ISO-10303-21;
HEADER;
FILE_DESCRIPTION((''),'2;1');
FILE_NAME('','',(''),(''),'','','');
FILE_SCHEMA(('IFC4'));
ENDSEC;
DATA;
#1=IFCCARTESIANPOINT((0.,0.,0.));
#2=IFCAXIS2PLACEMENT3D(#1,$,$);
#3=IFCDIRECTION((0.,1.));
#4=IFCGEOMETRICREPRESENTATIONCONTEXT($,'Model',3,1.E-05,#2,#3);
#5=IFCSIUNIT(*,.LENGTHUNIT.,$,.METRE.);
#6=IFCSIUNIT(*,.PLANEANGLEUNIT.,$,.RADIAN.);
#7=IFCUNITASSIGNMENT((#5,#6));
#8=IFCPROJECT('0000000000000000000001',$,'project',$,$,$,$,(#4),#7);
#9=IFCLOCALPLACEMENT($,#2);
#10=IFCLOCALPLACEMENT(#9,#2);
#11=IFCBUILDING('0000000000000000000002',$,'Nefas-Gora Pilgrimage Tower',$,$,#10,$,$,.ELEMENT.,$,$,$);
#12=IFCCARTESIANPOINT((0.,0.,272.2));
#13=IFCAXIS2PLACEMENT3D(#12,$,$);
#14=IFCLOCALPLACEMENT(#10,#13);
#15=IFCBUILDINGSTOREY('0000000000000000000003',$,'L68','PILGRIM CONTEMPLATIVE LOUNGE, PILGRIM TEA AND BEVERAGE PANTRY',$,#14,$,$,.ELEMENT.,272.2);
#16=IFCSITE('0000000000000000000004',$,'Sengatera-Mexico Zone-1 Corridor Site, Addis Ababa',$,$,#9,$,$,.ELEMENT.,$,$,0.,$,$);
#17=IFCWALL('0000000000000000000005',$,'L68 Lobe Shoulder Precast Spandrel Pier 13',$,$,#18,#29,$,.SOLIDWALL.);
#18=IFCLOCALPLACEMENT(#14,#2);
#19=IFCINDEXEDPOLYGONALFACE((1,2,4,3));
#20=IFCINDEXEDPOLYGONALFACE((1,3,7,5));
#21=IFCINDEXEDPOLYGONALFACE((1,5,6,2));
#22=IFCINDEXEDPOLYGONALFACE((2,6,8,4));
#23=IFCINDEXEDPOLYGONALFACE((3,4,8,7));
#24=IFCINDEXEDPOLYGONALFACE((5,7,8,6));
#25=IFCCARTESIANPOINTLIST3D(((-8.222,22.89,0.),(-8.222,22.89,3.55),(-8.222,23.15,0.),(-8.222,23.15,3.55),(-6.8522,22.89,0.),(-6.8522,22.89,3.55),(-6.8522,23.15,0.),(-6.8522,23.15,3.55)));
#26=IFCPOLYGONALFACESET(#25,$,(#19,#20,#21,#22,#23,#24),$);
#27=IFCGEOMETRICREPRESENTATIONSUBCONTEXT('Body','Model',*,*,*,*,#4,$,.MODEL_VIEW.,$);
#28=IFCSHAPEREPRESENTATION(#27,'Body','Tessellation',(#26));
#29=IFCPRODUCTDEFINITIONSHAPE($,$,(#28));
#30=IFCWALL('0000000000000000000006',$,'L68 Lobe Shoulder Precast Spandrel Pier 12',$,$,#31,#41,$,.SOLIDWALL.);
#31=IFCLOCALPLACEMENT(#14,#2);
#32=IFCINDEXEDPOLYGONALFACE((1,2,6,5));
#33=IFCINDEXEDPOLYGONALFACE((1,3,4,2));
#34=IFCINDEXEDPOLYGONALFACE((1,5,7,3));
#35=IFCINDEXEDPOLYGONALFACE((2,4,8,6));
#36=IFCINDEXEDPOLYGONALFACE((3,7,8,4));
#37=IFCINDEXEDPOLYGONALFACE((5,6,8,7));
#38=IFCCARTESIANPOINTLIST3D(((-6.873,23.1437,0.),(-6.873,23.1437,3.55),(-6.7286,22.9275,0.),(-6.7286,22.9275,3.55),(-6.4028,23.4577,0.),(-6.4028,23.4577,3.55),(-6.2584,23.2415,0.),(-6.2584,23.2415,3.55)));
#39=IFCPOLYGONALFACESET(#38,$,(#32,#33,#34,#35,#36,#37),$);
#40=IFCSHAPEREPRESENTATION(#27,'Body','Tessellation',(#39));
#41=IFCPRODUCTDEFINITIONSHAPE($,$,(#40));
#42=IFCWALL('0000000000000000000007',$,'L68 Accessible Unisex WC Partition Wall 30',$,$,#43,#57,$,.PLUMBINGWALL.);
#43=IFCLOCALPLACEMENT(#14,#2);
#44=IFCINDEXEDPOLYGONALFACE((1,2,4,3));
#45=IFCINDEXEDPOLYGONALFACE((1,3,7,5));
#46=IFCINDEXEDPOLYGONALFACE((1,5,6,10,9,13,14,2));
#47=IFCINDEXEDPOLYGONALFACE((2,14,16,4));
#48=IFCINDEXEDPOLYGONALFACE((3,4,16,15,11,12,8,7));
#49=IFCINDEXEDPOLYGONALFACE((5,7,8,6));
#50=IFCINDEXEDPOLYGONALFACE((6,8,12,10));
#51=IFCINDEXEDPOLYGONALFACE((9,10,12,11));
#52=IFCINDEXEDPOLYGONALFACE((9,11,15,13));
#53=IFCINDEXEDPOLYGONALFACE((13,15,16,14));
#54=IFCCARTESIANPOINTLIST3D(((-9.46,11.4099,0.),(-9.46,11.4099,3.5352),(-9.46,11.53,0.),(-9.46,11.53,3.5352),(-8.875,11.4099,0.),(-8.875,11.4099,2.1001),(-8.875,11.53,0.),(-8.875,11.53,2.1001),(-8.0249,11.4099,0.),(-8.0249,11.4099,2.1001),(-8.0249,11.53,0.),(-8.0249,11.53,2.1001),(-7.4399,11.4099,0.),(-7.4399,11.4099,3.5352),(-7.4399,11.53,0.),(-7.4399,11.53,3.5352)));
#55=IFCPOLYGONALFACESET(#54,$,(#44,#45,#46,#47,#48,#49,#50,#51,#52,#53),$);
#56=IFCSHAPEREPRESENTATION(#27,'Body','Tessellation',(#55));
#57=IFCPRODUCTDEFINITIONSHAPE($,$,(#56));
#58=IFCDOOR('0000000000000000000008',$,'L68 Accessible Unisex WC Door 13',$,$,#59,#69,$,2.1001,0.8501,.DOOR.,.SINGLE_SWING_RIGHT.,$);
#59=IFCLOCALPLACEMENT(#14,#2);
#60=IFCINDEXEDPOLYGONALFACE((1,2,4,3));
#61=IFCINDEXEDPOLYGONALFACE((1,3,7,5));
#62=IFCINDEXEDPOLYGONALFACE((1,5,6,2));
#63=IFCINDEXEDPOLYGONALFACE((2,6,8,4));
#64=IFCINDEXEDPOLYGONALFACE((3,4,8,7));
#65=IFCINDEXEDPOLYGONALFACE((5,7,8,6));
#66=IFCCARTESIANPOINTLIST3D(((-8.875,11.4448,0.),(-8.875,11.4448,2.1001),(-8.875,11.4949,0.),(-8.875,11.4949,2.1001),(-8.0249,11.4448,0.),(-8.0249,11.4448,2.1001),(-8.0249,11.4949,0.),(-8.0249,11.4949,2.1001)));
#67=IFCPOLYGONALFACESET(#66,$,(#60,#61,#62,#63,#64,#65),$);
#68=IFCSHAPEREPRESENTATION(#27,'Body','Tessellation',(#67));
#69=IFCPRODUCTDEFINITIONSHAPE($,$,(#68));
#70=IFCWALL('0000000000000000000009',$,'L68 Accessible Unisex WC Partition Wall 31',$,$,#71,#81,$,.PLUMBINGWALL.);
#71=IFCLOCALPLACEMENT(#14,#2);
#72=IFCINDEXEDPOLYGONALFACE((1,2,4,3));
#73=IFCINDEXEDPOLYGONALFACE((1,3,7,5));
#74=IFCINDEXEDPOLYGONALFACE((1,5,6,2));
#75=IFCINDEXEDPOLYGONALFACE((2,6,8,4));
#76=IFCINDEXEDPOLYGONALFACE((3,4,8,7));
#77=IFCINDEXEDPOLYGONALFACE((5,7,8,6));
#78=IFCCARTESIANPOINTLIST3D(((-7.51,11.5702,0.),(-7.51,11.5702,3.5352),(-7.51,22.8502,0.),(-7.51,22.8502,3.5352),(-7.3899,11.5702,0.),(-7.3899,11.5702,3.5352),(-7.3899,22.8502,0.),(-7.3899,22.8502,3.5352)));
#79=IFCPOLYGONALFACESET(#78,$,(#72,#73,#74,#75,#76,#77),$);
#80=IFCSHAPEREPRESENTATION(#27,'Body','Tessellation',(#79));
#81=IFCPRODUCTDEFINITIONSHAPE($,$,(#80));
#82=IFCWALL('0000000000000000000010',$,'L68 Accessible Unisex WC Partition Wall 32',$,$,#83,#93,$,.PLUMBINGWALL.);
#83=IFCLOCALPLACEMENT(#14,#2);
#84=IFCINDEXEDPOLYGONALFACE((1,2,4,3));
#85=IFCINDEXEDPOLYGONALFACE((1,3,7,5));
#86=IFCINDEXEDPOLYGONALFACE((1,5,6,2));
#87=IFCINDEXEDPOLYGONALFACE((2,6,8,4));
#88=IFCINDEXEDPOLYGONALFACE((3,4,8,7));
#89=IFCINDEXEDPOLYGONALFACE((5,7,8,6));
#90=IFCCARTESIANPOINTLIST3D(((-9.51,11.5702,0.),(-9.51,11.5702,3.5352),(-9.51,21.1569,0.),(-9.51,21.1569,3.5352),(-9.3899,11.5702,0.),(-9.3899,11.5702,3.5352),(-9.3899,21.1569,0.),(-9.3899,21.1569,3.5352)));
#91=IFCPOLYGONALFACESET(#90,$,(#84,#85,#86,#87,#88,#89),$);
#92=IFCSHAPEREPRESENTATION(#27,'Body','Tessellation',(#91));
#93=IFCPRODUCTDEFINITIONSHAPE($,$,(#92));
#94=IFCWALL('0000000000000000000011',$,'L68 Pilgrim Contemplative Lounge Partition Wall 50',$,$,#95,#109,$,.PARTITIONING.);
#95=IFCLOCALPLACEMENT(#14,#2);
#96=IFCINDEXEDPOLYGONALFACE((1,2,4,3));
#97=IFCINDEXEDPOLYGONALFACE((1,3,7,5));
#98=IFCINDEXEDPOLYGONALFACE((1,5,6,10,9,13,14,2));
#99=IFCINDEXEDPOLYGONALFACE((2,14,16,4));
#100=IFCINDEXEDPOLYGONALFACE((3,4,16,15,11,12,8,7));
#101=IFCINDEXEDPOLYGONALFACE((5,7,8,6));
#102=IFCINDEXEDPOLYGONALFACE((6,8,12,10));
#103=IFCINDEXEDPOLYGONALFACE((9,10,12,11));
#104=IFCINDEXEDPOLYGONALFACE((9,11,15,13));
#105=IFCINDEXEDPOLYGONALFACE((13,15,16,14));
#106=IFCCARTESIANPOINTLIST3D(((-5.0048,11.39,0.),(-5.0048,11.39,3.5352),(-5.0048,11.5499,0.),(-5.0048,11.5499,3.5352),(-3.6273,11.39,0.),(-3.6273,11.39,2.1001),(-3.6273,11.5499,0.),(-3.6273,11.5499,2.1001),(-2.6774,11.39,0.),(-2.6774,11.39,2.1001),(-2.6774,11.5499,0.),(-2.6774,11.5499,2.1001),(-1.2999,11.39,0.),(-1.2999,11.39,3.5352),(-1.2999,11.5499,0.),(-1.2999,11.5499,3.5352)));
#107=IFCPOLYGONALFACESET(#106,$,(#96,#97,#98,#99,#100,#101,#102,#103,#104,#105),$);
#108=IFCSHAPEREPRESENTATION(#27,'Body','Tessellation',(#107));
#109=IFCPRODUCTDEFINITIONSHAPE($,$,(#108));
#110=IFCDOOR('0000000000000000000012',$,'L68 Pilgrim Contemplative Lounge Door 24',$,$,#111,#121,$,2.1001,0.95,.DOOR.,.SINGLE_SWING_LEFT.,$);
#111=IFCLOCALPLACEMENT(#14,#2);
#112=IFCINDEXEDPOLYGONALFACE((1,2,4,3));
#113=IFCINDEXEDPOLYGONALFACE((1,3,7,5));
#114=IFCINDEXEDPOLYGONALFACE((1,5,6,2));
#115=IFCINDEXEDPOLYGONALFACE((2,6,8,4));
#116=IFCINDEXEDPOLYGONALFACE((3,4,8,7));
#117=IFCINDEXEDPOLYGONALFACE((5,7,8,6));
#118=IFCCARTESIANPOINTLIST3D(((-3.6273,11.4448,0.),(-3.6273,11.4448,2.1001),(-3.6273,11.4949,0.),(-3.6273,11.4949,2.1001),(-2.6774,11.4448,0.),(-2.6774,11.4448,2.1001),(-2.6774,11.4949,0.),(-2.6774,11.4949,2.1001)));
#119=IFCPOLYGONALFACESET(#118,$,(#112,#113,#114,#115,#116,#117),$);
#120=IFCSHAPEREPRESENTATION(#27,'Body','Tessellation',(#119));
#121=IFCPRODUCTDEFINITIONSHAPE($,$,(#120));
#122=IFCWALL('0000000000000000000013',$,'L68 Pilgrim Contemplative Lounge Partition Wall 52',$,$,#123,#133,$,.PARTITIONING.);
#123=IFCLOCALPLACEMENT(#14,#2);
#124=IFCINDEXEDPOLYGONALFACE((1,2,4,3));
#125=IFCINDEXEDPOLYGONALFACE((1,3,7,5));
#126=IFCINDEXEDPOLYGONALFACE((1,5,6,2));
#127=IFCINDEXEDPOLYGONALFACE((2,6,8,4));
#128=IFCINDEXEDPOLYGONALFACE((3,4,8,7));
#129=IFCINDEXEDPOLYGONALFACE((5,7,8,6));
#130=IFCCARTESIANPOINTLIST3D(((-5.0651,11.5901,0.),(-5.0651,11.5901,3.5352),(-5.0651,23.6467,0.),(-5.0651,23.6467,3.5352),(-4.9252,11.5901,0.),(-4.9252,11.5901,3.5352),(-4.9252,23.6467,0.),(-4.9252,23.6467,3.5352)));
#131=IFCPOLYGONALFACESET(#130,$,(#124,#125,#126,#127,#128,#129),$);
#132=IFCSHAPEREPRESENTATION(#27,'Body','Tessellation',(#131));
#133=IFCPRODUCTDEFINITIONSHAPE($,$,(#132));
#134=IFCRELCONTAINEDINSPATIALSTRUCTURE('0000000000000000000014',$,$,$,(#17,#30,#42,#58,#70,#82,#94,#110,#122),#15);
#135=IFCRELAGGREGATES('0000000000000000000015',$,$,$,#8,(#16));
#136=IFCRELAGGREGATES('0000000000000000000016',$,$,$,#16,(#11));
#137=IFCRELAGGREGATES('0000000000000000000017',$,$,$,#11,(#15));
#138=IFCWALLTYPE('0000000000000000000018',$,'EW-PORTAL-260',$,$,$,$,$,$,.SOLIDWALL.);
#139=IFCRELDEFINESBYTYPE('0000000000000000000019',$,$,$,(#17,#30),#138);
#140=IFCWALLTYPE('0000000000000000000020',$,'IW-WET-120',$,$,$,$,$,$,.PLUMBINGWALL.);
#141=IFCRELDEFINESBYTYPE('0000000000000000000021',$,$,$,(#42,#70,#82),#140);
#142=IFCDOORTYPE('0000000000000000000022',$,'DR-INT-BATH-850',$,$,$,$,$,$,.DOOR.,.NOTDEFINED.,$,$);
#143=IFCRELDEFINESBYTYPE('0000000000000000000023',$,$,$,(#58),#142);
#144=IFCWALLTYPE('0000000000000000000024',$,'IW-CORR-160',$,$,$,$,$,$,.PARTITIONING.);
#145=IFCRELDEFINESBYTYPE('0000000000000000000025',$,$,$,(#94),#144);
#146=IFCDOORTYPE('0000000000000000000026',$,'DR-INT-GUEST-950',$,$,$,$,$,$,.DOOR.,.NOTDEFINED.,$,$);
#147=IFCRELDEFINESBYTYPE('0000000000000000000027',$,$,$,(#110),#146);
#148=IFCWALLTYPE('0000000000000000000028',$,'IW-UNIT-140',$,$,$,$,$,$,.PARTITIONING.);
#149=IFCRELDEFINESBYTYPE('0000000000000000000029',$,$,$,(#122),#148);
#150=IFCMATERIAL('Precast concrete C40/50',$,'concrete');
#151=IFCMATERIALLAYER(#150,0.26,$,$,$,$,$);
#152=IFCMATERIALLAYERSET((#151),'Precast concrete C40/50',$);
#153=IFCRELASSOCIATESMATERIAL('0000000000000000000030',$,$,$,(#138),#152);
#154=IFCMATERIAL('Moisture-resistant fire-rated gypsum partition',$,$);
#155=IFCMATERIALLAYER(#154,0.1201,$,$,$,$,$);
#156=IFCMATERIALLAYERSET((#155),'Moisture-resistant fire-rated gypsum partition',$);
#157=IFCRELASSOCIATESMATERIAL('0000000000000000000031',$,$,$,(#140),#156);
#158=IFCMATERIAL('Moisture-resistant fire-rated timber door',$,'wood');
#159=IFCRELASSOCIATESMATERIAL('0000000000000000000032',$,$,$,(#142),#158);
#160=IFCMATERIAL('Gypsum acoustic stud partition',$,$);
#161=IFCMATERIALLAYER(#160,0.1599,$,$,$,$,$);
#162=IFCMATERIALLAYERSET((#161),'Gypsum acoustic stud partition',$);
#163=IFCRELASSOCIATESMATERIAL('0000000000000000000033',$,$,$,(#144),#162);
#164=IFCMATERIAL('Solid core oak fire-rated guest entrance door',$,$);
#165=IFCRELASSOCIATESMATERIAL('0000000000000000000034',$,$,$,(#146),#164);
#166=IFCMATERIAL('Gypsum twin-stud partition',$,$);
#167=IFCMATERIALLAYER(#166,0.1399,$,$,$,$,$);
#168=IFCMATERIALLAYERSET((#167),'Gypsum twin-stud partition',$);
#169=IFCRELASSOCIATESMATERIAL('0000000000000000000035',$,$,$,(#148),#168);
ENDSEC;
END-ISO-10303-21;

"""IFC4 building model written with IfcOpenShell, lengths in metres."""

from ifc_helpers import new_model, si_unit, direction, frame, frame_2d, origin, place, context, subcontext, project, spatial, rectangle, extrude, source, transform, mapped, material, layer, layer_set, type_object, element, fill, save


model = new_model("IFC4")

# Units and contexts
model_context = context("Model", 3, precision=1e-05, world=origin(), true_north=direction((0.0, 1.0)))
body_context = subcontext(model_context, "Body", "Model", "MODEL_VIEW")
ifc_project = project(units=[si_unit("LENGTHUNIT", "METRE"), si_unit("PLANEANGLEUNIT", "RADIAN")], contexts=[model_context])

# Site, building, storey
site_placement = place(None, origin())
site = spatial("IfcSite", under=ifc_project, at=site_placement, Name="Sengatera-Mexico Zone-1 Corridor Site, Addis Ababa", CompositionType="ELEMENT", RefElevation=0.0)
building_placement = place(site_placement, origin())
building = spatial("IfcBuilding", under=site, at=building_placement, Name="Nefas-Gora Pilgrimage Tower", CompositionType="ELEMENT")
storey_placement = place(building_placement, frame((0.0, 0.0, 272.2)))
storey = spatial("IfcBuildingStorey", under=building, at=storey_placement, Name="L68", Description="PILGRIM CONTEMPLATIVE LOUNGE, PILGRIM TEA AND BEVERAGE PANTRY", CompositionType="ELEMENT", Elevation=272.2)

# Walls
ifc_material_1 = material(Name="Precast concrete C40/50", Category="concrete")
ifc_layer_1 = layer(ifc_material_1, 0.26)
ifc_layer_set_1 = layer_set([ifc_layer_1], Name="Precast concrete C40/50")
wall_type_1 = type_object("IfcWallType", Name="EW-PORTAL-260", PredefinedType="SOLIDWALL", material=ifc_layer_set_1)
shared_shape_1 = source(origin(), body_context, "Body", "SweptSolid", [
    extrude(rectangle(XDim=1.3699, YDim=0.26, at=frame_2d((0.6851, 0.0))), origin(), (0.0, 0.0, 1.0), 3.55),
])
wall_1_placement = place(storey_placement, frame((-6.8521, 23.02, 0.0), z_axis=(0.0, 0.0, 1.0), x_axis=(-1.0, 0.0, 0.0)))
element("IfcWall", 1, at=wall_1_placement, inside=storey, type_object=wall_type_1, Name="L68 Lobe Shoulder Precast Spandrel Pier 13", PredefinedType="SOLIDWALL", context=body_context, shape_type="MappedRepresentation", body=[
    mapped(shared_shape_1, transform((0.0, 0.0, 0.0), x_axis=(1.0, 0.0, 0.0), y_axis=(0.0, 1.0, 0.0), z_axis=(0.0, 0.0, 1.0), scale=1.0)),
])
shared_shape_2 = source(origin(), body_context, "Body", "SweptSolid", [
    extrude(rectangle(XDim=0.5654, YDim=0.26, at=frame_2d((0.2827, 0.0))), origin(), (0.0, 0.0, 1.0), 3.55),
])
wall_2_placement = place(storey_placement, frame((-6.3306, 23.3496, 0.0), z_axis=(0.0, 0.0, 1.0), x_axis=(-0.831651, -0.555298, 0.0)))
element("IfcWall", 2, at=wall_2_placement, inside=storey, type_object=wall_type_1, Name="L68 Lobe Shoulder Precast Spandrel Pier 12", PredefinedType="SOLIDWALL", context=body_context, shape_type="MappedRepresentation", body=[
    mapped(shared_shape_2, transform((0.0, 0.0, 0.0), x_axis=(1.0, 0.0, 0.0), y_axis=(0.0, 1.0, 0.0), z_axis=(0.0, 0.0, 1.0), scale=1.0)),
])

# Wall, opening, door
ifc_material_2 = material(Name="Moisture-resistant fire-rated gypsum partition")
ifc_layer_2 = layer(ifc_material_2, 0.1201)
ifc_layer_set_2 = layer_set([ifc_layer_2], Name="Moisture-resistant fire-rated gypsum partition")
wall_type_2 = type_object("IfcWallType", Name="IW-WET-120", PredefinedType="PLUMBINGWALL", material=ifc_layer_set_2)
shared_shape_3 = source(origin(), body_context, "Body", "SweptSolid", [
    extrude(rectangle(XDim=2.02, YDim=0.1201, at=frame_2d((1.01, 0.0))), origin(), (0.0, 0.0, 1.0), 3.5352),
])
wall_3_placement = place(storey_placement, frame((-9.46, 11.47, 0.0), z_axis=(0.0, 0.0, 1.0), x_axis=(1.0, 0.0, 0.0)))
wall_3 = element("IfcWall", 3, at=wall_3_placement, inside=storey, type_object=wall_type_2, Name="L68 Accessible Unisex WC Partition Wall 30", PredefinedType="PLUMBINGWALL", context=body_context, shape_type="MappedRepresentation", body=[
    mapped(shared_shape_3, transform((0.0, 0.0, 0.0), x_axis=(1.0, 0.0, 0.0), y_axis=(0.0, 1.0, 0.0), z_axis=(0.0, 0.0, 1.0), scale=1.0)),
])
opening_1_placement = place(wall_3_placement, frame((0.585, 0.0, 0.0)))
opening_1 = element("IfcOpeningElement", 4, at=opening_1_placement, cuts=wall_3, PredefinedType="OPENING", context=body_context, shape_type="SweptSolid", body=[
    extrude(rectangle(XDim=0.8501, YDim=2.1001, at=frame_2d((0.425, 1.05))), frame((0.0, 0.0701, 0.0), z_axis=(0.0, -1.0, 0.0), x_axis=(1.0, 0.0, 0.0)), (0.0, 0.0, 1.0), 0.1401),
])
ifc_material_3 = material(Name="Moisture-resistant fire-rated timber door", Category="wood")
door_type_1 = type_object("IfcDoorType", Name="DR-INT-BATH-850", OperationType="NOTDEFINED", PredefinedType="DOOR", material=ifc_material_3)
shared_shape_4 = source(origin(), body_context, "Body", "SweptSolid", [
    extrude(rectangle(XDim=0.8501, YDim=2.1001, at=frame_2d((0.425, 1.05))), frame((0.0, 0.0249, 0.0), z_axis=(0.0, -1.0, 0.0), x_axis=(1.0, 0.0, 0.0)), (0.0, 0.0, 1.0), 0.05),
])
door_1_placement = place(opening_1_placement, origin())
door_1 = element("IfcDoor", 5, at=door_1_placement, inside=storey, type_object=door_type_1, Name="L68 Accessible Unisex WC Door 13", OperationType="SINGLE_SWING_RIGHT", OverallHeight=2.1001, OverallWidth=0.8501, PredefinedType="DOOR", context=body_context, shape_type="MappedRepresentation", body=[
    mapped(shared_shape_4, transform((0.0, 0.0, 0.0), x_axis=(1.0, 0.0, 0.0), y_axis=(0.0, 1.0, 0.0), z_axis=(0.0, 0.0, 1.0), scale=1.0)),
])
fill(opening_1, door_1)

# Walls
shared_shape_5 = source(origin(), body_context, "Body", "SweptSolid", [
    extrude(rectangle(XDim=11.28, YDim=0.1201, at=frame_2d((5.6401, 0.0))), origin(), (0.0, 0.0, 1.0), 3.5352),
])
wall_4_placement = place(storey_placement, frame((-7.45, 11.5701, 0.0), z_axis=(0.0, 0.0, 1.0), x_axis=(0.0, 1.0, 0.0)))
element("IfcWall", 6, at=wall_4_placement, inside=storey, type_object=wall_type_2, Name="L68 Accessible Unisex WC Partition Wall 31", PredefinedType="PLUMBINGWALL", context=body_context, shape_type="MappedRepresentation", body=[
    mapped(shared_shape_5, transform((0.0, 0.0, 0.0), x_axis=(1.0, 0.0, 0.0), y_axis=(0.0, 1.0, 0.0), z_axis=(0.0, 0.0, 1.0), scale=1.0)),
])
shared_shape_6 = source(origin(), body_context, "Body", "SweptSolid", [
    extrude(rectangle(XDim=9.5867, YDim=0.1201, at=frame_2d((4.7935, 0.0))), origin(), (0.0, 0.0, 1.0), 3.5352),
])
wall_5_placement = place(storey_placement, frame((-9.45, 11.5701, 0.0), z_axis=(0.0, 0.0, 1.0), x_axis=(0.0, 1.0, 0.0)))
element("IfcWall", 7, at=wall_5_placement, inside=storey, type_object=wall_type_2, Name="L68 Accessible Unisex WC Partition Wall 32", PredefinedType="PLUMBINGWALL", context=body_context, shape_type="MappedRepresentation", body=[
    mapped(shared_shape_6, transform((0.0, 0.0, 0.0), x_axis=(1.0, 0.0, 0.0), y_axis=(0.0, 1.0, 0.0), z_axis=(0.0, 0.0, 1.0), scale=1.0)),
])

# Wall, opening, door
ifc_material_4 = material(Name="Gypsum acoustic stud partition")
ifc_layer_3 = layer(ifc_material_4, 0.1599)
ifc_layer_set_3 = layer_set([ifc_layer_3], Name="Gypsum acoustic stud partition")
wall_type_3 = type_object("IfcWallType", Name="IW-CORR-160", PredefinedType="PARTITIONING", material=ifc_layer_set_3)
shared_shape_7 = source(origin(), body_context, "Body", "SweptSolid", [
    extrude(rectangle(XDim=3.7048, YDim=0.1599, at=frame_2d((1.8525, 0.0))), origin(), (0.0, 0.0, 1.0), 3.5352),
])
wall_6_placement = place(storey_placement, frame((-5.0049, 11.47, 0.0), z_axis=(0.0, 0.0, 1.0), x_axis=(1.0, 0.0, 0.0)))
wall_6 = element("IfcWall", 8, at=wall_6_placement, inside=storey, type_object=wall_type_3, Name="L68 Pilgrim Contemplative Lounge Partition Wall 50", PredefinedType="PARTITIONING", context=body_context, shape_type="MappedRepresentation", body=[
    mapped(shared_shape_7, transform((0.0, 0.0, 0.0), x_axis=(1.0, 0.0, 0.0), y_axis=(0.0, 1.0, 0.0), z_axis=(0.0, 0.0, 1.0), scale=1.0)),
])
opening_2_placement = place(wall_6_placement, frame((1.3774, 0.0, 0.0)))
opening_2 = element("IfcOpeningElement", 9, at=opening_2_placement, cuts=wall_6, PredefinedType="OPENING", context=body_context, shape_type="SweptSolid", body=[
    extrude(rectangle(XDim=0.95, YDim=2.1001, at=frame_2d((0.4751, 1.05))), frame((0.0, 0.0898, 0.0), z_axis=(0.0, -1.0, 0.0), x_axis=(1.0, 0.0, 0.0)), (0.0, 0.0, 1.0), 0.1799),
])
ifc_material_5 = material(Name="Solid core oak fire-rated guest entrance door")
door_type_2 = type_object("IfcDoorType", Name="DR-INT-GUEST-950", OperationType="NOTDEFINED", PredefinedType="DOOR", material=ifc_material_5)
shared_shape_8 = source(origin(), body_context, "Body", "SweptSolid", [
    extrude(rectangle(XDim=0.95, YDim=2.1001, at=frame_2d((0.4751, 1.05))), frame((0.0, 0.0249, 0.0), z_axis=(0.0, -1.0, 0.0), x_axis=(1.0, 0.0, 0.0)), (0.0, 0.0, 1.0), 0.05),
])
door_2_placement = place(opening_2_placement, origin())
door_2 = element("IfcDoor", 10, at=door_2_placement, inside=storey, type_object=door_type_2, Name="L68 Pilgrim Contemplative Lounge Door 24", OperationType="SINGLE_SWING_LEFT", OverallHeight=2.1001, OverallWidth=0.95, PredefinedType="DOOR", context=body_context, shape_type="MappedRepresentation", body=[
    mapped(shared_shape_8, transform((0.0, 0.0, 0.0), x_axis=(1.0, 0.0, 0.0), y_axis=(0.0, 1.0, 0.0), z_axis=(0.0, 0.0, 1.0), scale=1.0)),
])
fill(opening_2, door_2)

# Wall
ifc_material_6 = material(Name="Gypsum twin-stud partition")
ifc_layer_4 = layer(ifc_material_6, 0.1399)
ifc_layer_set_4 = layer_set([ifc_layer_4], Name="Gypsum twin-stud partition")
wall_type_4 = type_object("IfcWallType", Name="IW-UNIT-140", PredefinedType="PARTITIONING", material=ifc_layer_set_4)
shared_shape_9 = source(origin(), body_context, "Body", "SweptSolid", [
    extrude(rectangle(XDim=12.0566, YDim=0.1399, at=frame_2d((6.0283, 0.0))), origin(), (0.0, 0.0, 1.0), 3.5352),
])
wall_7_placement = place(storey_placement, frame((-4.9951, 11.5901, 0.0), z_axis=(0.0, 0.0, 1.0), x_axis=(0.0, 1.0, 0.0)))
element("IfcWall", 11, at=wall_7_placement, inside=storey, type_object=wall_type_4, Name="L68 Pilgrim Contemplative Lounge Partition Wall 52", PredefinedType="PARTITIONING", context=body_context, shape_type="MappedRepresentation", body=[
    mapped(shared_shape_9, transform((0.0, 0.0, 0.0), x_axis=(1.0, 0.0, 0.0), y_axis=(0.0, 1.0, 0.0), z_axis=(0.0, 0.0, 1.0), scale=1.0)),
])

save(model, "model.ifc")
